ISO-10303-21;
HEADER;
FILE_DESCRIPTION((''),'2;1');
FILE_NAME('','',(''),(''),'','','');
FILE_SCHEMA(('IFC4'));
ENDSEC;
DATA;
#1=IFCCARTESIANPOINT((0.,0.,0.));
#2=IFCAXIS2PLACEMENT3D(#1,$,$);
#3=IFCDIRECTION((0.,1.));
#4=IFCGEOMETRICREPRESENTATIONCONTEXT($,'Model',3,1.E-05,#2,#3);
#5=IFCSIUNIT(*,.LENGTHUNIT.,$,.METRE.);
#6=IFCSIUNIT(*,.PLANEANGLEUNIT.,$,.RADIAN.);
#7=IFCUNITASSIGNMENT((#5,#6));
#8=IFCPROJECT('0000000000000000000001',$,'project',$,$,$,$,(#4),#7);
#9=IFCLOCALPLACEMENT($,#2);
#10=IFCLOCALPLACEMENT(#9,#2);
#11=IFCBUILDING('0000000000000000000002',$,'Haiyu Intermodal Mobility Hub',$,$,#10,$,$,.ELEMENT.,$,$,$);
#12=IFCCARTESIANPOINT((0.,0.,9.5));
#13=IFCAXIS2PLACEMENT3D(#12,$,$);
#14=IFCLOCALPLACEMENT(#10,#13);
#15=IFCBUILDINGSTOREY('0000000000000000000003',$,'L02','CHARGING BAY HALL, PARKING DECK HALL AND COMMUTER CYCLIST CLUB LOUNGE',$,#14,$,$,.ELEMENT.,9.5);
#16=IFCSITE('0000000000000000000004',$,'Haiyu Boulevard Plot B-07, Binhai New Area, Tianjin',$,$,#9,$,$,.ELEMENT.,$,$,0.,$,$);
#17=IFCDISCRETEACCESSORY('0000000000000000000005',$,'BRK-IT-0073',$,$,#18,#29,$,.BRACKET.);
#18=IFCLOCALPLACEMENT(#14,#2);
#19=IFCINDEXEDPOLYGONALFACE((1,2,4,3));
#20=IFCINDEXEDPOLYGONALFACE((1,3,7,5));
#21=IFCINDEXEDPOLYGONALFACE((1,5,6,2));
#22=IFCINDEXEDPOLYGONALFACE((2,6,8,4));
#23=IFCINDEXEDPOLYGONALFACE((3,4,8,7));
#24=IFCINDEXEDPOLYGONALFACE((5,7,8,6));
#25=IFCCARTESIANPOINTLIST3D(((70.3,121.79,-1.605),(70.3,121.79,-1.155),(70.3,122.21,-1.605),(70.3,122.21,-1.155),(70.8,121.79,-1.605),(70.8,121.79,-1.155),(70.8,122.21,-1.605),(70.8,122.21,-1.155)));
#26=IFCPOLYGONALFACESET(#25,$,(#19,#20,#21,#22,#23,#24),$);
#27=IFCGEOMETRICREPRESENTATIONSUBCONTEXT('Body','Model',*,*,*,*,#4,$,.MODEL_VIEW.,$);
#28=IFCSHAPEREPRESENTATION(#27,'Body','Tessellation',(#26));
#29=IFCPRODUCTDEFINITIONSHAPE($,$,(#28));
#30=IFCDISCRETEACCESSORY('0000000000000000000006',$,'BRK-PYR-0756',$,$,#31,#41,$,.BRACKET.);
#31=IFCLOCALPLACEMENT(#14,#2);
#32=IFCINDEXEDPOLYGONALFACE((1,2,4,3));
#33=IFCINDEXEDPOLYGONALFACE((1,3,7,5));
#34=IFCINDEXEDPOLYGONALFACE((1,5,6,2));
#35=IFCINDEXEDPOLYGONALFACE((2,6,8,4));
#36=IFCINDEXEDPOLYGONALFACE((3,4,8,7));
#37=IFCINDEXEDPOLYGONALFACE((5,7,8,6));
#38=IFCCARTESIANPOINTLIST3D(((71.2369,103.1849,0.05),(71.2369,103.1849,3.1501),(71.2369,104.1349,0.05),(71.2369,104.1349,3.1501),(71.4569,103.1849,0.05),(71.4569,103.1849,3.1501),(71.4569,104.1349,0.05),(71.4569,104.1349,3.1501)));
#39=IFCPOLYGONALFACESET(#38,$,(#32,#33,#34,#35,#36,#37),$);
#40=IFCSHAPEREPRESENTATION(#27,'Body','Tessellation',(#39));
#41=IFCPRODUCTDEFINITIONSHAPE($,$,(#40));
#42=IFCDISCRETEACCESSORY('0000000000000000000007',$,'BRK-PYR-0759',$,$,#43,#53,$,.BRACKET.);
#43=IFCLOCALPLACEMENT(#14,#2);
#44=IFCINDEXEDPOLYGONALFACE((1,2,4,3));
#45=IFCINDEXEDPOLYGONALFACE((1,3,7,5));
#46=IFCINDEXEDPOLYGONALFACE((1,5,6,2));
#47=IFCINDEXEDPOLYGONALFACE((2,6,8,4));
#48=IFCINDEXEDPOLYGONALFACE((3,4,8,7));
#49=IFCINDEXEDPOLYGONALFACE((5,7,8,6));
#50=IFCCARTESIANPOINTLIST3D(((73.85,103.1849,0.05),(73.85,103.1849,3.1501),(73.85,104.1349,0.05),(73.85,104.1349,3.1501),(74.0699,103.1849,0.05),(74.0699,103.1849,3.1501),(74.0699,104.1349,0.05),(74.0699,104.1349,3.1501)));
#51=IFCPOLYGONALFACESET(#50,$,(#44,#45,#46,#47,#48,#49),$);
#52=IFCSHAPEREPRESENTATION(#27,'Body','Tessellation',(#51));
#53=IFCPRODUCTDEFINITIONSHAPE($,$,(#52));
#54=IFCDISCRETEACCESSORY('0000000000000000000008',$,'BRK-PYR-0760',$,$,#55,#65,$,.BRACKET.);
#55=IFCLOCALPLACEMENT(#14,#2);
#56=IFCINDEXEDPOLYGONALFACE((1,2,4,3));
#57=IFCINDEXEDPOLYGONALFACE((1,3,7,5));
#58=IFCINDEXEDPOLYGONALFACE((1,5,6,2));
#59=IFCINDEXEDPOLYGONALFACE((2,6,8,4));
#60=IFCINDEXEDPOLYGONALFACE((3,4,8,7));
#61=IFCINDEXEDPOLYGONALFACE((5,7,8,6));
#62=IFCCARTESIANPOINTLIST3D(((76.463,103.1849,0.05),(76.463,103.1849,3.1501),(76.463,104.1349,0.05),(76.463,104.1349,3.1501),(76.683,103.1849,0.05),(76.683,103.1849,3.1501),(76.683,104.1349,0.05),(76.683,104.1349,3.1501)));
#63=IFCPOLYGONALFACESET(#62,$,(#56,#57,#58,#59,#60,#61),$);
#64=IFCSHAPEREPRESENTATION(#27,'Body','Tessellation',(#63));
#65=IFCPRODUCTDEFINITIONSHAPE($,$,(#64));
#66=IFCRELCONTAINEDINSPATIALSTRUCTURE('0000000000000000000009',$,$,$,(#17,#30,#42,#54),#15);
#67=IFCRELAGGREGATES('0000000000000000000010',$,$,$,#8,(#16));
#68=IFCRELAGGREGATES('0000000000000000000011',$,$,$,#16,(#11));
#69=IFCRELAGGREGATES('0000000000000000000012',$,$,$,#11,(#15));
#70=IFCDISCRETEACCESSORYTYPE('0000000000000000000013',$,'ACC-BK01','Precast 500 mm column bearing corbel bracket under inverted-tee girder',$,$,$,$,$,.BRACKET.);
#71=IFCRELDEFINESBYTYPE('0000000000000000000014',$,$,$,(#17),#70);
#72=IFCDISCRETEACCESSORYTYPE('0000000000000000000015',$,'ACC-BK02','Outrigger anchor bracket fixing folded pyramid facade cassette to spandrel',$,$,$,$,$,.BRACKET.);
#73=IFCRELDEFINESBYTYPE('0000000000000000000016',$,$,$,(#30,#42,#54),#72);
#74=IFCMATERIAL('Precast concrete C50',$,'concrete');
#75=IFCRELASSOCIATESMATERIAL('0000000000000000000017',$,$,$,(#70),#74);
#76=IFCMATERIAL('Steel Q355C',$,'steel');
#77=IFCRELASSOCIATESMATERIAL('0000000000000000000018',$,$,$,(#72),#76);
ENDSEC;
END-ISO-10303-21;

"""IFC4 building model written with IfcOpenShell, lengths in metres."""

from ifc_helpers import new_model, si_unit, direction, frame, origin, origin_2d, place, context, subcontext, project, spatial, rectangle, extrude, material, type_object, element, save


model = new_model("IFC4")

# Units and contexts
model_context = context("Model", 3, precision=1e-05, world=origin(), true_north=direction((0.0, 1.0)))
body_context = subcontext(model_context, "Body", "Model", "MODEL_VIEW")
ifc_project = project(units=[si_unit("LENGTHUNIT", "METRE"), si_unit("PLANEANGLEUNIT", "RADIAN")], contexts=[model_context])

# Site, building, storey
site_placement = place(None, origin())
site = spatial("IfcSite", under=ifc_project, at=site_placement, Name="Haiyu Boulevard Plot B-07, Binhai New Area, Tianjin", CompositionType="ELEMENT", RefElevation=0.0)
building_placement = place(site_placement, origin())
building = spatial("IfcBuilding", under=site, at=building_placement, Name="Haiyu Intermodal Mobility Hub", CompositionType="ELEMENT")
storey_placement = place(building_placement, frame((0.0, 0.0, 9.5)))
storey = spatial("IfcBuildingStorey", under=building, at=storey_placement, Name="L02", Description="CHARGING BAY HALL, PARKING DECK HALL AND COMMUTER CYCLIST CLUB LOUNGE", CompositionType="ELEMENT", Elevation=9.5)

# Shared definitions
ifc_material_1 = material(Name="Precast concrete C50", Category="concrete")

# Shared definitions
ifc_material_2 = material(Name="Steel Q355C", Category="steel")

# Discrete accessories
discrete_accessory_type_1 = type_object("IfcDiscreteAccessoryType", Name="ACC-BK01", Description="Precast 500 mm column bearing corbel bracket under inverted-tee girder", PredefinedType="BRACKET", material=ifc_material_1)
for number, where, z_axis, x_axis, name in (
    (1, (70.55, 122.0, -1.605), (0.0, 0.0, 1.0), (1.0, 0.0, 0.0), "BRK-IT-0073"),
):
    element("IfcDiscreteAccessory", number, at=place(storey_placement, frame(where, z_axis=z_axis, x_axis=x_axis)), inside=storey, type_object=discrete_accessory_type_1, Name=name, PredefinedType="BRACKET", context=body_context, shape_type="SweptSolid", body=[
        extrude(rectangle(XDim=0.5, YDim=0.4199, at=origin_2d()), origin(), (0.0, 0.0, 1.0), 0.45),
    ])
discrete_accessory_type_2 = type_object("IfcDiscreteAccessoryType", Name="ACC-BK02", Description="Outrigger anchor bracket fixing folded pyramid facade cassette to spandrel", PredefinedType="BRACKET", material=ifc_material_2)
for number, where, z_axis, x_axis, name in (
    (2, (71.3469, 103.6599, 0.05), (0.0, 0.0, 1.0), (1.0, 0.0, 0.0), "BRK-PYR-0756"),
    (3, (73.96, 103.6599, 0.05), (0.0, 0.0, 1.0), (1.0, 0.0, 0.0), "BRK-PYR-0759"),
    (4, (76.573, 103.6599, 0.05), (0.0, 0.0, 1.0), (1.0, 0.0, 0.0), "BRK-PYR-0760"),
):
    element("IfcDiscreteAccessory", number, at=place(storey_placement, frame(where, z_axis=z_axis, x_axis=x_axis)), inside=storey, type_object=discrete_accessory_type_2, Name=name, PredefinedType="BRACKET", context=body_context, shape_type="SweptSolid", body=[
        extrude(rectangle(XDim=0.22, YDim=0.95, at=origin_2d()), origin(), (0.0, 0.0, 1.0), 3.1001),
    ])

save(model, "model.ifc")
